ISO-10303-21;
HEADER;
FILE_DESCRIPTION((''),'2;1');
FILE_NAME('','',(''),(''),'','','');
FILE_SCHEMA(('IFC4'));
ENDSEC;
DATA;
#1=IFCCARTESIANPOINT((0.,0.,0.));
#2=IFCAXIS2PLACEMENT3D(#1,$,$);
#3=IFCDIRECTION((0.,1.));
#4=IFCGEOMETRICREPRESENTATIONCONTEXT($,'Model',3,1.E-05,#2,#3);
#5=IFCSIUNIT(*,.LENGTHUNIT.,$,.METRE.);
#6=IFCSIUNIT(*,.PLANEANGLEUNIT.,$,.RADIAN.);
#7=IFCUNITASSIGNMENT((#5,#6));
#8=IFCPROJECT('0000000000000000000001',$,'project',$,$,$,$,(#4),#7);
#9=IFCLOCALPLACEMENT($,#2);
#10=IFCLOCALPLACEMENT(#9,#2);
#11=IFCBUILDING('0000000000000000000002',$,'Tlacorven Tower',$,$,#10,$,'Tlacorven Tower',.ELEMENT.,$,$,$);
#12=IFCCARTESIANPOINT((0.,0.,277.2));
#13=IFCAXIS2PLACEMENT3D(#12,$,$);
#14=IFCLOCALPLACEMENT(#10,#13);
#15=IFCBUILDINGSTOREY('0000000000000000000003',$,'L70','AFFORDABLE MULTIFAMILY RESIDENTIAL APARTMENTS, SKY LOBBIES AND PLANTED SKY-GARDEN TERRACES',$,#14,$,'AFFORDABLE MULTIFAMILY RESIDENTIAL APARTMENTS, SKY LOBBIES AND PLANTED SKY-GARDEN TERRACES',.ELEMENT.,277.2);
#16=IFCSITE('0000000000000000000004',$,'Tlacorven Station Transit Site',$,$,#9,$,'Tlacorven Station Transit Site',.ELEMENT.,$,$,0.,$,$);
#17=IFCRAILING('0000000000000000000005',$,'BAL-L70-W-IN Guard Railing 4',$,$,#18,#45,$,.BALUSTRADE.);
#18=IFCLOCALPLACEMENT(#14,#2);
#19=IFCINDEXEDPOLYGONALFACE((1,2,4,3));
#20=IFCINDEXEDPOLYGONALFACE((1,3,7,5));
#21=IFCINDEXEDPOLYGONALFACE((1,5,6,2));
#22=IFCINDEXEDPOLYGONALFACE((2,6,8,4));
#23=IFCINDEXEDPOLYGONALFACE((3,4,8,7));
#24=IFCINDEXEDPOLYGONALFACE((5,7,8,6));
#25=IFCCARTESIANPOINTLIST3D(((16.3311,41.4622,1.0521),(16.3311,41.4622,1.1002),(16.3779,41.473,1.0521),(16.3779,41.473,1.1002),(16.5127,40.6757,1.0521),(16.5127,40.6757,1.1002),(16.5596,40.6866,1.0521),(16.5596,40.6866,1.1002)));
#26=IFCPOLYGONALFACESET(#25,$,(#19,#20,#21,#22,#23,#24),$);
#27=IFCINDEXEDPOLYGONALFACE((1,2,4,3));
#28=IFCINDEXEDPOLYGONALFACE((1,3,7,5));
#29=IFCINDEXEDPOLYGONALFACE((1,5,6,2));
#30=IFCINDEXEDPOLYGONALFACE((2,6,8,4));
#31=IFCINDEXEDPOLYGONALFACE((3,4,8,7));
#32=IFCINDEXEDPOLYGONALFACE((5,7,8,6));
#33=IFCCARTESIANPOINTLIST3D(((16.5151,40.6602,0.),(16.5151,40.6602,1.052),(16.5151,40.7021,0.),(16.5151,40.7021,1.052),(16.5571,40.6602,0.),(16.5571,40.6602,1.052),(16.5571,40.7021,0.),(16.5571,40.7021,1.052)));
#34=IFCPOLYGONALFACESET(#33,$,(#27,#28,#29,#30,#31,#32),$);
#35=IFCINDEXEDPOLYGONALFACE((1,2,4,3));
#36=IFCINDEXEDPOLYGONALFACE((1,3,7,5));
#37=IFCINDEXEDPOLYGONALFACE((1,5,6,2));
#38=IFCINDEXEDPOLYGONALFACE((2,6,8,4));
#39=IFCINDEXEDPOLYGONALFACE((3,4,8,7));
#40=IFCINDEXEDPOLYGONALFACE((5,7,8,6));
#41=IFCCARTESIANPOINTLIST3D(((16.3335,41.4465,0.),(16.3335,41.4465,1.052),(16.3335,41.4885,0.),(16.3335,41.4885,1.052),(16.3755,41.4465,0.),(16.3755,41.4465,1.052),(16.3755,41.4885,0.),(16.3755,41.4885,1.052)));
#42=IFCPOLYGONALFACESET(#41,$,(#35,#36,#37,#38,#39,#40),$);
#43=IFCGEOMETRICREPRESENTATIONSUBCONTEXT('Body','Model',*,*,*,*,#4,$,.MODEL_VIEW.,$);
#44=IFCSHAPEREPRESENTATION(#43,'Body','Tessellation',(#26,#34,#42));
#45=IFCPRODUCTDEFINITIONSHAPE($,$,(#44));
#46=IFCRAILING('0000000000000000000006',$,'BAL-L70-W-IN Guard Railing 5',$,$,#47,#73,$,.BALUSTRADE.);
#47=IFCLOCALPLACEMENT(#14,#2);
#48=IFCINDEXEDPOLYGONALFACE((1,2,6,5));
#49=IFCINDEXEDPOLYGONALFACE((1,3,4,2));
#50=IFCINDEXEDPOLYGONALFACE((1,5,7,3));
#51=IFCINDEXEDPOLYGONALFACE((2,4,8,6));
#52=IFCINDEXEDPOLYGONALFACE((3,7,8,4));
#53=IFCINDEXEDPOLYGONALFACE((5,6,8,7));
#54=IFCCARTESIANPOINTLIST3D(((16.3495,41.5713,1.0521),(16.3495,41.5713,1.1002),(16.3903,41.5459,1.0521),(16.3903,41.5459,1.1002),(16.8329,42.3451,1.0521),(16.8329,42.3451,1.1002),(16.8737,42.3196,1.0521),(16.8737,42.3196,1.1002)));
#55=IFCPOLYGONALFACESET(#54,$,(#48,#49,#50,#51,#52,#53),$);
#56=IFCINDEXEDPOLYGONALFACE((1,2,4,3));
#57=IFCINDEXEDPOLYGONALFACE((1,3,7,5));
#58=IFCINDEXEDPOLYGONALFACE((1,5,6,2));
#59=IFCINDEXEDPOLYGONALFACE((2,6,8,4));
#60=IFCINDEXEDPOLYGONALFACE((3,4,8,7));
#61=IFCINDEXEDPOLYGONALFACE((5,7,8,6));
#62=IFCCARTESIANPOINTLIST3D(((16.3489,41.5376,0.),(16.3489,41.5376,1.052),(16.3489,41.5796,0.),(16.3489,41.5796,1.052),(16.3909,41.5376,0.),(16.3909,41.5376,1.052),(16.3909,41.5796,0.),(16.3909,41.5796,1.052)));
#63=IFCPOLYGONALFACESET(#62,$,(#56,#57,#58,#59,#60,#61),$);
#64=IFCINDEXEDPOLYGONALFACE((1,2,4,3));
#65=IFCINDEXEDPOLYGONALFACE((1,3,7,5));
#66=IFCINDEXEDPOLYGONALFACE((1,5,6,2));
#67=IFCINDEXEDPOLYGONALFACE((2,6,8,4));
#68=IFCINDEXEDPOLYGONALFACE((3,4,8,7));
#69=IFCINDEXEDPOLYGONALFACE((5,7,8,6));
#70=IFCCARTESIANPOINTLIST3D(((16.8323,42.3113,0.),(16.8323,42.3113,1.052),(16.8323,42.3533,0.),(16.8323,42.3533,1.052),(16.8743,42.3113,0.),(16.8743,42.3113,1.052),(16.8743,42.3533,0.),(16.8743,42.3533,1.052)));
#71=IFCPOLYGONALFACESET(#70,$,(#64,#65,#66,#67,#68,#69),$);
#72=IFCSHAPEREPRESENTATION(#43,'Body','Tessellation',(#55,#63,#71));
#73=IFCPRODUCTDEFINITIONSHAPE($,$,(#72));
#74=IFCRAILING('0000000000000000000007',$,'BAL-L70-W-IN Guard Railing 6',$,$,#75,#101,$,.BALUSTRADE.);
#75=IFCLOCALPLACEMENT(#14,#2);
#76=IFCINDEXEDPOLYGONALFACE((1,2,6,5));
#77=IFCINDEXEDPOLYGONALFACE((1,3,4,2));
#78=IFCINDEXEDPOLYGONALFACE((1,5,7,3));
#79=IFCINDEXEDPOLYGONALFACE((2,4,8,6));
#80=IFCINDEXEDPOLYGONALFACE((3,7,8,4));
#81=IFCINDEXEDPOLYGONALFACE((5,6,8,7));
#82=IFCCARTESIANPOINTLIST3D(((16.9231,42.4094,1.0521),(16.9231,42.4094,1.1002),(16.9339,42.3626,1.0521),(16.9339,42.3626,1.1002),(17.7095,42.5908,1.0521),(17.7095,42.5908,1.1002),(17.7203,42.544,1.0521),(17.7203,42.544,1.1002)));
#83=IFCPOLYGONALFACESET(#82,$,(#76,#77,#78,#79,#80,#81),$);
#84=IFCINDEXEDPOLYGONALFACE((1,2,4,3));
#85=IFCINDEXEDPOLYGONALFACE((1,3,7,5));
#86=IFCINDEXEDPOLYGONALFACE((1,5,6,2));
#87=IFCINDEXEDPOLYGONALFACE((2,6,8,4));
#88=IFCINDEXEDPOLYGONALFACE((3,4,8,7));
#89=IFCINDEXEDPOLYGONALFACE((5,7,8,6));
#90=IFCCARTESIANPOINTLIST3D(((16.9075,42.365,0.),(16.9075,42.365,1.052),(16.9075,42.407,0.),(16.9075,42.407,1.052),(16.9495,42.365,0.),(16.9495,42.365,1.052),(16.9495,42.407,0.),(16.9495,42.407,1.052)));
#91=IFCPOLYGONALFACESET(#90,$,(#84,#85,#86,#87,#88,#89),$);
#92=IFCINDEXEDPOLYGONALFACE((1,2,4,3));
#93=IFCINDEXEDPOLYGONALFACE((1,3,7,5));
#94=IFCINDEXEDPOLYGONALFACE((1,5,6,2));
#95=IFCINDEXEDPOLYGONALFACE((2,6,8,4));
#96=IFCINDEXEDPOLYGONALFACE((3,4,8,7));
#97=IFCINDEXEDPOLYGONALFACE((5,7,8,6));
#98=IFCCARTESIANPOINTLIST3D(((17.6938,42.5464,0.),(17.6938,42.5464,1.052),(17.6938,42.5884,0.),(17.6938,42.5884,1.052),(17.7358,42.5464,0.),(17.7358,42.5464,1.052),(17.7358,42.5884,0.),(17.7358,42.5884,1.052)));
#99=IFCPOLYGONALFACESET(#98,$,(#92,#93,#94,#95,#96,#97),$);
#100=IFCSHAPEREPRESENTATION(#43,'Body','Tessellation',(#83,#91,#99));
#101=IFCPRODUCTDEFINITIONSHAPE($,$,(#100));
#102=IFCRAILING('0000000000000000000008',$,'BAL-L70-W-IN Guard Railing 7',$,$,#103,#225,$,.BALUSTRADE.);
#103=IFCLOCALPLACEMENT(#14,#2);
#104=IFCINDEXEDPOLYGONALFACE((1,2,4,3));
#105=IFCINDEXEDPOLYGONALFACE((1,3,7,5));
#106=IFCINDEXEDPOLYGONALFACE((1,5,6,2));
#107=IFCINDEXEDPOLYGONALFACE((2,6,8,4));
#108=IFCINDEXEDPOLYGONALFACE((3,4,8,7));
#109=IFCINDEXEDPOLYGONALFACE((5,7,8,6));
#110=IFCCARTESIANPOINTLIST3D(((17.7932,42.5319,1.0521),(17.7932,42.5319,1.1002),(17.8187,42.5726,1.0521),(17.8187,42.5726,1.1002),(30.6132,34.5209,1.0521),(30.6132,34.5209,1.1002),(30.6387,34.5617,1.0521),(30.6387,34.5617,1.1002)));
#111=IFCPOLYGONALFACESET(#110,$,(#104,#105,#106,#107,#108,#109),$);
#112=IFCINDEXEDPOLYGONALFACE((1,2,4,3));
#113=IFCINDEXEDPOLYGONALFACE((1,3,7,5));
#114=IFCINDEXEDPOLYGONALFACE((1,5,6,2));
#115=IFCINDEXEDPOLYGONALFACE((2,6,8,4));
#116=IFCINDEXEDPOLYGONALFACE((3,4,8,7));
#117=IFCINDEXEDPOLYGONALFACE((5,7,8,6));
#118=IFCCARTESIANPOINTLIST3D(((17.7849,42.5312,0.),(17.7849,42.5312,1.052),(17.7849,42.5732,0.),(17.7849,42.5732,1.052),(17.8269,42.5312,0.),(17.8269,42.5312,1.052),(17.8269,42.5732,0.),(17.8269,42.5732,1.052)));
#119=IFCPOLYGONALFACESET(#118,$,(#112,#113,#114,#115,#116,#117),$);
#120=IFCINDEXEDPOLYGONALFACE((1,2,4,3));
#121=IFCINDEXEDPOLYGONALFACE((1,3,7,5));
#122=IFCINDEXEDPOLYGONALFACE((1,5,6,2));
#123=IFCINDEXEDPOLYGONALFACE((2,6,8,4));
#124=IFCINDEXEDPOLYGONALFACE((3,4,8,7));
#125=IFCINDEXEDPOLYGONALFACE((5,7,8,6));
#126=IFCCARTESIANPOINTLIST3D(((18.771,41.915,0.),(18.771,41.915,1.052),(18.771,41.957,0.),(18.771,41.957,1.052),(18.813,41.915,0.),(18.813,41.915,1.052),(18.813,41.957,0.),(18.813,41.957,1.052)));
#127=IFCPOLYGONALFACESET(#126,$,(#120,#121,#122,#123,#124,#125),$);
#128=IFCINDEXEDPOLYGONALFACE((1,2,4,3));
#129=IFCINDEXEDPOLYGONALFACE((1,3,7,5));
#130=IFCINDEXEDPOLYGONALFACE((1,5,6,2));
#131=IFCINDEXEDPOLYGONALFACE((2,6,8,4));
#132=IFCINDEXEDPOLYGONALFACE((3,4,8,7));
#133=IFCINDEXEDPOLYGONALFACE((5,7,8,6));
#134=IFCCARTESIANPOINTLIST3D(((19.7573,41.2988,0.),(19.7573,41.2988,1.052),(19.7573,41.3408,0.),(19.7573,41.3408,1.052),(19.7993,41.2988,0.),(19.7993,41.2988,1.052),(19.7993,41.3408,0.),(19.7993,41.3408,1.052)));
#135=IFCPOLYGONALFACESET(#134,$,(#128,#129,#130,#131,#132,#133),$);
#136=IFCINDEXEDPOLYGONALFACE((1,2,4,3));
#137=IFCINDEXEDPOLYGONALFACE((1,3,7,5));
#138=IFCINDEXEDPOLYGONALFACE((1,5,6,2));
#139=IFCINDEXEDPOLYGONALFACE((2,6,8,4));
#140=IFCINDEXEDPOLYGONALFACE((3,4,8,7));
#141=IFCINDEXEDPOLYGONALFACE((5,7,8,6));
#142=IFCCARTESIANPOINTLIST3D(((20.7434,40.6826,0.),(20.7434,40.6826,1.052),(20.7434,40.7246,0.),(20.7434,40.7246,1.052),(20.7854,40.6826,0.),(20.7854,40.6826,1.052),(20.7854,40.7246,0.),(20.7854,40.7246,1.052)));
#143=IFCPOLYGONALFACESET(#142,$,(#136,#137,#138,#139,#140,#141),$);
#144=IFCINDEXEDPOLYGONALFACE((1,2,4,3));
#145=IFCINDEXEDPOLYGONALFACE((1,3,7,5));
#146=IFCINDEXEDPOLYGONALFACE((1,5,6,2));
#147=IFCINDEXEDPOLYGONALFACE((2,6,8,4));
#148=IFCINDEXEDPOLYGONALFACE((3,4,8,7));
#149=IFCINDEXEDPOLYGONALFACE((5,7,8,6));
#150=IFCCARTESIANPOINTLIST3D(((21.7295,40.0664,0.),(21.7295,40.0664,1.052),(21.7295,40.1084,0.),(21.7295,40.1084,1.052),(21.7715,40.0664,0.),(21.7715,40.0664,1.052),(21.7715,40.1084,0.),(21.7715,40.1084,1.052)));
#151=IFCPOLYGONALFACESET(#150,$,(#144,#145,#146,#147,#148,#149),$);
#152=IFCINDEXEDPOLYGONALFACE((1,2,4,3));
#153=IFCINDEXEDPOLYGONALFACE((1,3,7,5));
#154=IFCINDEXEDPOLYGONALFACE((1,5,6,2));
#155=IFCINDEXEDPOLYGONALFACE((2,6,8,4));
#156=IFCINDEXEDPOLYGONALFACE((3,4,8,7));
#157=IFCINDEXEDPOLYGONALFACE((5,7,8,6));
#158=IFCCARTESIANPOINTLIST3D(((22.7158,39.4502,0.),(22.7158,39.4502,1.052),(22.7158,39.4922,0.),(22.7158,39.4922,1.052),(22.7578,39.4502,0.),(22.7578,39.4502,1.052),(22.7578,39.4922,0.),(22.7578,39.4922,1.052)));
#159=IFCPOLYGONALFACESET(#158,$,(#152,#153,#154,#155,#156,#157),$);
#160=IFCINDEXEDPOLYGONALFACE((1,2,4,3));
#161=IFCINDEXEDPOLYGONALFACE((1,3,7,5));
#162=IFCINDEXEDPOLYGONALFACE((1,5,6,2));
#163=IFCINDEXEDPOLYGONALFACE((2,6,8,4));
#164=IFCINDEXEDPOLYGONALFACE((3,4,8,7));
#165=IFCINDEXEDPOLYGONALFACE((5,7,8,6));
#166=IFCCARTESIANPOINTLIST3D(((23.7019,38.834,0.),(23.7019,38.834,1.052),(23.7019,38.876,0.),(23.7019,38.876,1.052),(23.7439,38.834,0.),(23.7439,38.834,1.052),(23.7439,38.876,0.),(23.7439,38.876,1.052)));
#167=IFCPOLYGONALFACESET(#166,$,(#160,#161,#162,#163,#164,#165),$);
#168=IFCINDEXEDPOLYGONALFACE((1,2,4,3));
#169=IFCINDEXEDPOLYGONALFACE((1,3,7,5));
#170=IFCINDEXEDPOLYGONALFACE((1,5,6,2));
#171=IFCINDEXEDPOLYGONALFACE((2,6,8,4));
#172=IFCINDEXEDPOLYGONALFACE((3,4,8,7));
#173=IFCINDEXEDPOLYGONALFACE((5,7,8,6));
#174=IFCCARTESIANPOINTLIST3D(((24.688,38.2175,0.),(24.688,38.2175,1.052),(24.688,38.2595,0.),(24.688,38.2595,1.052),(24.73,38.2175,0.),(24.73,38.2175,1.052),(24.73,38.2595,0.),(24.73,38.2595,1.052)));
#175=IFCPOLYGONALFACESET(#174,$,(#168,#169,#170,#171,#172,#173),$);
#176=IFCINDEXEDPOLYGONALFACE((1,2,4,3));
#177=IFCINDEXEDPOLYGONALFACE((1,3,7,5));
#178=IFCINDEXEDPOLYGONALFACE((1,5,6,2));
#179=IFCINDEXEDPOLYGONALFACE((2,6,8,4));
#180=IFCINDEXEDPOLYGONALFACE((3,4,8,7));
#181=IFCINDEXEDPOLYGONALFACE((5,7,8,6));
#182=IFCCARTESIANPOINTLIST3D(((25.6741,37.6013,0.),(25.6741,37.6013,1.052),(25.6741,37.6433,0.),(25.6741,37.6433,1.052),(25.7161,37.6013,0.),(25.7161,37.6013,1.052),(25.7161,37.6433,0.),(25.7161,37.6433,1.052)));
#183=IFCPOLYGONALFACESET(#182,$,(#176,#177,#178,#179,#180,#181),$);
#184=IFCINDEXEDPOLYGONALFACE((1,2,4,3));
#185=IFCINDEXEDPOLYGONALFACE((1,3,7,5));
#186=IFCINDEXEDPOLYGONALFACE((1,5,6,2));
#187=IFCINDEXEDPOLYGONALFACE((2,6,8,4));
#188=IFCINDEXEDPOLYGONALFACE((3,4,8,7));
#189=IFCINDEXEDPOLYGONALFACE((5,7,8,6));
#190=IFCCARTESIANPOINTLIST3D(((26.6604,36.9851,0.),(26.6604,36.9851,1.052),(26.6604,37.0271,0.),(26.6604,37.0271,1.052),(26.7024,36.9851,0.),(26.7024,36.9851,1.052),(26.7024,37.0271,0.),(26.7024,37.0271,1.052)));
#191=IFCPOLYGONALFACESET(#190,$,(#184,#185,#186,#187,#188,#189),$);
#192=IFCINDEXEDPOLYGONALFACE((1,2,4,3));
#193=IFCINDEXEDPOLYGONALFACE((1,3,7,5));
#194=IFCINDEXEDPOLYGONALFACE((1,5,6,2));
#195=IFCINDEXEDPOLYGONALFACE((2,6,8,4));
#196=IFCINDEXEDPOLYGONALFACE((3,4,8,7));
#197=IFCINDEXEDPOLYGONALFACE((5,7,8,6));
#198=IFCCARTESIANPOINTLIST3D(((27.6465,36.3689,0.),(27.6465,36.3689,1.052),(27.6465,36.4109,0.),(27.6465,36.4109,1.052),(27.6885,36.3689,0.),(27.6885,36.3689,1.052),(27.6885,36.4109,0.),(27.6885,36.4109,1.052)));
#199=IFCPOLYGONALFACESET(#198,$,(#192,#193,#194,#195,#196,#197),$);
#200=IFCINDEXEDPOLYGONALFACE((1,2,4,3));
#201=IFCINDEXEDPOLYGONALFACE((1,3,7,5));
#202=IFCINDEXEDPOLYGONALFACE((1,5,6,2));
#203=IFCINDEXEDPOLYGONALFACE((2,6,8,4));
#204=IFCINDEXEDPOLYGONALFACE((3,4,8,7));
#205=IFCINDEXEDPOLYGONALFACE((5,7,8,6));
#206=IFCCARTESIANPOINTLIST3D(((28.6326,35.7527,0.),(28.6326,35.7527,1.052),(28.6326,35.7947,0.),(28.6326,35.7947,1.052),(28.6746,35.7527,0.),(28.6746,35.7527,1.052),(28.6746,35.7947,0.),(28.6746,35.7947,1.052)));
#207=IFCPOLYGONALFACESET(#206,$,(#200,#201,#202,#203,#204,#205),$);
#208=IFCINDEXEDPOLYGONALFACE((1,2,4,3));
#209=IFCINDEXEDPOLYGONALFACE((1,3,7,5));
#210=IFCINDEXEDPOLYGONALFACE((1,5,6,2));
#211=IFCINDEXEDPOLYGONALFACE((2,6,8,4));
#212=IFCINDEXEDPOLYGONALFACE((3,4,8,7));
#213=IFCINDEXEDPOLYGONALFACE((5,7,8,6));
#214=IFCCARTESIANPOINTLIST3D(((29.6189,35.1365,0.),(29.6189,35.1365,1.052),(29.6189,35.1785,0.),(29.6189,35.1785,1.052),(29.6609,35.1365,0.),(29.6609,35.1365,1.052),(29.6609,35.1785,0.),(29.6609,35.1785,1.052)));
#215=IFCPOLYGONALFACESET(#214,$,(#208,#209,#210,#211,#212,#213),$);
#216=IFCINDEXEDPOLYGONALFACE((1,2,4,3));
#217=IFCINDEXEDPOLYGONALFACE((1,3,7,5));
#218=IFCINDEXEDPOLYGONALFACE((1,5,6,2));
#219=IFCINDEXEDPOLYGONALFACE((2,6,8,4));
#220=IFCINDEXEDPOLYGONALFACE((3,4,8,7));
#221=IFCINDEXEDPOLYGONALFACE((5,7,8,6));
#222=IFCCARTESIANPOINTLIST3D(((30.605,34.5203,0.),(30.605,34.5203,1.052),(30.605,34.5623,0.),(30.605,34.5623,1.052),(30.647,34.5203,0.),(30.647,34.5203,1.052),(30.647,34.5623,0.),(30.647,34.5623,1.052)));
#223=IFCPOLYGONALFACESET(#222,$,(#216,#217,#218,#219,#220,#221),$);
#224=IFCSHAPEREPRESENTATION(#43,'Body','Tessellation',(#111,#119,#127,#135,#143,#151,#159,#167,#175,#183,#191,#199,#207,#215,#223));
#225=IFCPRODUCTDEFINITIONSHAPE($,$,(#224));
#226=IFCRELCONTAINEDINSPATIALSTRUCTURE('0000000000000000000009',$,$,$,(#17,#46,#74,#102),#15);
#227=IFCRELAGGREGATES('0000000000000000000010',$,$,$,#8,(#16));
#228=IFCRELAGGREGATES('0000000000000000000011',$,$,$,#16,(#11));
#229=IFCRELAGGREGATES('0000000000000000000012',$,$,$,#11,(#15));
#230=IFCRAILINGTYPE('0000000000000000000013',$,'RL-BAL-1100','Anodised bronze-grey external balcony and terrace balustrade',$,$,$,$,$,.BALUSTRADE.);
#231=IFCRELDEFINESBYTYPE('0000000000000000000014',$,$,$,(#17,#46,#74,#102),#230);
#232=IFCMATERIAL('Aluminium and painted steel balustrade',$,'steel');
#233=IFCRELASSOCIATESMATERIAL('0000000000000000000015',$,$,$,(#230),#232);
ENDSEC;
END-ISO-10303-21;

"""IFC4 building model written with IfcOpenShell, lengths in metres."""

from ifc_helpers import new_model, si_unit, direction, frame, origin, origin_2d, place, context, subcontext, project, spatial, rectangle, extrude, source, transform, mapped, material, type_object, element, save


model = new_model("IFC4")

# Units and contexts
model_context = context("Model", 3, precision=1e-05, world=origin(), true_north=direction((0.0, 1.0)))
body_context = subcontext(model_context, "Body", "Model", "MODEL_VIEW")
ifc_project = project(units=[si_unit("LENGTHUNIT", "METRE"), si_unit("PLANEANGLEUNIT", "RADIAN")], contexts=[model_context])

# Site, building, storey
site_placement = place(None, origin())
site = spatial("IfcSite", under=ifc_project, at=site_placement, Name="Tlacorven Station Transit Site", LongName="Tlacorven Station Transit Site", CompositionType="ELEMENT", RefElevation=0.0)
building_placement = place(site_placement, origin())
building = spatial("IfcBuilding", under=site, at=building_placement, Name="Tlacorven Tower", LongName="Tlacorven Tower", CompositionType="ELEMENT")
storey_placement = place(building_placement, frame((0.0, 0.0, 277.2)))
storey = spatial("IfcBuildingStorey", under=building, at=storey_placement, Name="L70", Description="AFFORDABLE MULTIFAMILY RESIDENTIAL APARTMENTS, SKY LOBBIES AND PLANTED SKY-GARDEN TERRACES", LongName="AFFORDABLE MULTIFAMILY RESIDENTIAL APARTMENTS, SKY LOBBIES AND PLANTED SKY-GARDEN TERRACES", CompositionType="ELEMENT", Elevation=277.2)

# Railings
ifc_material_1 = material(Name="Aluminium and painted steel balustrade", Category="steel")
railing_type = type_object("IfcRailingType", Name="RL-BAL-1100", Description="Anodised bronze-grey external balcony and terrace balustrade", PredefinedType="BALUSTRADE", material=ifc_material_1)
shared_shape_1 = source(origin(), body_context, "Body", "SweptSolid", [
    extrude(rectangle(XDim=0.0481, YDim=0.0481, at=origin_2d()), frame((0.0, 0.0, 1.0762), z_axis=(-0.225058, 0.974345, 0.0), x_axis=(-0.974345, -0.225058, 0.0)), (0.0, 0.0, 1.0), 0.8071),
    extrude(rectangle(XDim=0.042, YDim=0.042, at=origin_2d()), origin(), (0.0, 0.0, 1.0), 1.052),
    extrude(rectangle(XDim=0.042, YDim=0.042, at=origin_2d()), frame((-0.1816, 0.7864, 0.0)), (0.0, 0.0, 1.0), 1.052),
])
railing_1_placement = place(storey_placement, frame((16.5361, 40.6812, 0.0)))
element("IfcRailing", 1, at=railing_1_placement, inside=storey, type_object=railing_type, Name="BAL-L70-W-IN Guard Railing 4", PredefinedType="BALUSTRADE", context=body_context, shape_type="MappedRepresentation", body=[
    mapped(shared_shape_1, transform((0.0, 0.0, 0.0), scale=1.0)),
])
shared_shape_2 = source(origin(), body_context, "Body", "SweptSolid", [
    extrude(rectangle(XDim=0.0481, YDim=0.0481, at=origin_2d()), frame((0.0, 0.0, 1.0762), z_axis=(0.529879, 0.848073, 0.0), x_axis=(-0.848073, 0.529879, 0.0)), (0.0, 0.0, 1.0), 0.9124),
    extrude(rectangle(XDim=0.042, YDim=0.042, at=origin_2d()), origin(), (0.0, 0.0, 1.0), 1.052),
    extrude(rectangle(XDim=0.042, YDim=0.042, at=origin_2d()), frame((0.4834, 0.7737, 0.0)), (0.0, 0.0, 1.0), 1.052),
])
railing_2_placement = place(storey_placement, frame((16.3699, 41.5586, 0.0)))
element("IfcRailing", 2, at=railing_2_placement, inside=storey, type_object=railing_type, Name="BAL-L70-W-IN Guard Railing 5", PredefinedType="BALUSTRADE", context=body_context, shape_type="MappedRepresentation", body=[
    mapped(shared_shape_2, transform((0.0, 0.0, 0.0), scale=1.0)),
])
shared_shape_3 = source(origin(), body_context, "Body", "SweptSolid", [
    extrude(rectangle(XDim=0.0481, YDim=0.0481, at=origin_2d()), frame((0.0, 0.0, 1.0762), z_axis=(0.974412, 0.224771, 0.0), x_axis=(-0.224771, 0.974412, 0.0)), (0.0, 0.0, 1.0), 0.8071),
    extrude(rectangle(XDim=0.042, YDim=0.042, at=origin_2d()), origin(), (0.0, 0.0, 1.0), 1.052),
    extrude(rectangle(XDim=0.042, YDim=0.042, at=origin_2d()), frame((0.7864, 0.1814, 0.0)), (0.0, 0.0, 1.0), 1.052),
])
railing_3_placement = place(storey_placement, frame((16.9285, 42.386, 0.0)))
element("IfcRailing", 3, at=railing_3_placement, inside=storey, type_object=railing_type, Name="BAL-L70-W-IN Guard Railing 6", PredefinedType="BALUSTRADE", context=body_context, shape_type="MappedRepresentation", body=[
    mapped(shared_shape_3, transform((0.0, 0.0, 0.0), scale=1.0)),
])
shared_shape_4 = source(origin(), body_context, "Body", "SweptSolid", [
    extrude(rectangle(XDim=0.0481, YDim=0.0481, at=origin_2d()), frame((0.0, 0.0, 1.0762), z_axis=(0.848045, -0.529925, 0.0), x_axis=(0.529925, 0.848045, 0.0)), (0.0, 0.0, 1.0), 15.1172),
    extrude(rectangle(XDim=0.042, YDim=0.042, at=origin_2d()), origin(), (0.0, 0.0, 1.0), 1.052),
    extrude(rectangle(XDim=0.042, YDim=0.042, at=origin_2d()), frame((0.9861, -0.6162, 0.0)), (0.0, 0.0, 1.0), 1.052),
    extrude(rectangle(XDim=0.042, YDim=0.042, at=origin_2d()), frame((1.9724, -1.2324, 0.0)), (0.0, 0.0, 1.0), 1.052),
    extrude(rectangle(XDim=0.042, YDim=0.042, at=origin_2d()), frame((2.9585, -1.8486, 0.0)), (0.0, 0.0, 1.0), 1.052),
    extrude(rectangle(XDim=0.042, YDim=0.042, at=origin_2d()), frame((3.9446, -2.4648, 0.0)), (0.0, 0.0, 1.0), 1.052),
    extrude(rectangle(XDim=0.042, YDim=0.042, at=origin_2d()), frame((4.9309, -3.0811, 0.0)), (0.0, 0.0, 1.0), 1.052),
    extrude(rectangle(XDim=0.042, YDim=0.042, at=origin_2d()), frame((5.917, -3.6973, 0.0)), (0.0, 0.0, 1.0), 1.052),
    extrude(rectangle(XDim=0.042, YDim=0.042, at=origin_2d()), frame((6.9031, -4.3137, 0.0)), (0.0, 0.0, 1.0), 1.052),
    extrude(rectangle(XDim=0.042, YDim=0.042, at=origin_2d()), frame((7.8892, -4.9299, 0.0)), (0.0, 0.0, 1.0), 1.052),
    extrude(rectangle(XDim=0.042, YDim=0.042, at=origin_2d()), frame((8.8755, -5.5461, 0.0)), (0.0, 0.0, 1.0), 1.052),
    extrude(rectangle(XDim=0.042, YDim=0.042, at=origin_2d()), frame((9.8616, -6.1624, 0.0)), (0.0, 0.0, 1.0), 1.052),
    extrude(rectangle(XDim=0.042, YDim=0.042, at=origin_2d()), frame((10.8477, -6.7786, 0.0)), (0.0, 0.0, 1.0), 1.052),
    extrude(rectangle(XDim=0.042, YDim=0.042, at=origin_2d()), frame((11.834, -7.3948, 0.0)), (0.0, 0.0, 1.0), 1.052),
    extrude(rectangle(XDim=0.042, YDim=0.042, at=origin_2d()), frame((12.8201, -8.011, 0.0)), (0.0, 0.0, 1.0), 1.052),
])
railing_4_placement = place(storey_placement, frame((17.8059, 42.5522, 0.0)))
element("IfcRailing", 4, at=railing_4_placement, inside=storey, type_object=railing_type, Name="BAL-L70-W-IN Guard Railing 7", PredefinedType="BALUSTRADE", context=body_context, shape_type="MappedRepresentation", body=[
    mapped(shared_shape_4, transform((0.0, 0.0, 0.0), scale=1.0)),
])

save(model, "model.ifc")
